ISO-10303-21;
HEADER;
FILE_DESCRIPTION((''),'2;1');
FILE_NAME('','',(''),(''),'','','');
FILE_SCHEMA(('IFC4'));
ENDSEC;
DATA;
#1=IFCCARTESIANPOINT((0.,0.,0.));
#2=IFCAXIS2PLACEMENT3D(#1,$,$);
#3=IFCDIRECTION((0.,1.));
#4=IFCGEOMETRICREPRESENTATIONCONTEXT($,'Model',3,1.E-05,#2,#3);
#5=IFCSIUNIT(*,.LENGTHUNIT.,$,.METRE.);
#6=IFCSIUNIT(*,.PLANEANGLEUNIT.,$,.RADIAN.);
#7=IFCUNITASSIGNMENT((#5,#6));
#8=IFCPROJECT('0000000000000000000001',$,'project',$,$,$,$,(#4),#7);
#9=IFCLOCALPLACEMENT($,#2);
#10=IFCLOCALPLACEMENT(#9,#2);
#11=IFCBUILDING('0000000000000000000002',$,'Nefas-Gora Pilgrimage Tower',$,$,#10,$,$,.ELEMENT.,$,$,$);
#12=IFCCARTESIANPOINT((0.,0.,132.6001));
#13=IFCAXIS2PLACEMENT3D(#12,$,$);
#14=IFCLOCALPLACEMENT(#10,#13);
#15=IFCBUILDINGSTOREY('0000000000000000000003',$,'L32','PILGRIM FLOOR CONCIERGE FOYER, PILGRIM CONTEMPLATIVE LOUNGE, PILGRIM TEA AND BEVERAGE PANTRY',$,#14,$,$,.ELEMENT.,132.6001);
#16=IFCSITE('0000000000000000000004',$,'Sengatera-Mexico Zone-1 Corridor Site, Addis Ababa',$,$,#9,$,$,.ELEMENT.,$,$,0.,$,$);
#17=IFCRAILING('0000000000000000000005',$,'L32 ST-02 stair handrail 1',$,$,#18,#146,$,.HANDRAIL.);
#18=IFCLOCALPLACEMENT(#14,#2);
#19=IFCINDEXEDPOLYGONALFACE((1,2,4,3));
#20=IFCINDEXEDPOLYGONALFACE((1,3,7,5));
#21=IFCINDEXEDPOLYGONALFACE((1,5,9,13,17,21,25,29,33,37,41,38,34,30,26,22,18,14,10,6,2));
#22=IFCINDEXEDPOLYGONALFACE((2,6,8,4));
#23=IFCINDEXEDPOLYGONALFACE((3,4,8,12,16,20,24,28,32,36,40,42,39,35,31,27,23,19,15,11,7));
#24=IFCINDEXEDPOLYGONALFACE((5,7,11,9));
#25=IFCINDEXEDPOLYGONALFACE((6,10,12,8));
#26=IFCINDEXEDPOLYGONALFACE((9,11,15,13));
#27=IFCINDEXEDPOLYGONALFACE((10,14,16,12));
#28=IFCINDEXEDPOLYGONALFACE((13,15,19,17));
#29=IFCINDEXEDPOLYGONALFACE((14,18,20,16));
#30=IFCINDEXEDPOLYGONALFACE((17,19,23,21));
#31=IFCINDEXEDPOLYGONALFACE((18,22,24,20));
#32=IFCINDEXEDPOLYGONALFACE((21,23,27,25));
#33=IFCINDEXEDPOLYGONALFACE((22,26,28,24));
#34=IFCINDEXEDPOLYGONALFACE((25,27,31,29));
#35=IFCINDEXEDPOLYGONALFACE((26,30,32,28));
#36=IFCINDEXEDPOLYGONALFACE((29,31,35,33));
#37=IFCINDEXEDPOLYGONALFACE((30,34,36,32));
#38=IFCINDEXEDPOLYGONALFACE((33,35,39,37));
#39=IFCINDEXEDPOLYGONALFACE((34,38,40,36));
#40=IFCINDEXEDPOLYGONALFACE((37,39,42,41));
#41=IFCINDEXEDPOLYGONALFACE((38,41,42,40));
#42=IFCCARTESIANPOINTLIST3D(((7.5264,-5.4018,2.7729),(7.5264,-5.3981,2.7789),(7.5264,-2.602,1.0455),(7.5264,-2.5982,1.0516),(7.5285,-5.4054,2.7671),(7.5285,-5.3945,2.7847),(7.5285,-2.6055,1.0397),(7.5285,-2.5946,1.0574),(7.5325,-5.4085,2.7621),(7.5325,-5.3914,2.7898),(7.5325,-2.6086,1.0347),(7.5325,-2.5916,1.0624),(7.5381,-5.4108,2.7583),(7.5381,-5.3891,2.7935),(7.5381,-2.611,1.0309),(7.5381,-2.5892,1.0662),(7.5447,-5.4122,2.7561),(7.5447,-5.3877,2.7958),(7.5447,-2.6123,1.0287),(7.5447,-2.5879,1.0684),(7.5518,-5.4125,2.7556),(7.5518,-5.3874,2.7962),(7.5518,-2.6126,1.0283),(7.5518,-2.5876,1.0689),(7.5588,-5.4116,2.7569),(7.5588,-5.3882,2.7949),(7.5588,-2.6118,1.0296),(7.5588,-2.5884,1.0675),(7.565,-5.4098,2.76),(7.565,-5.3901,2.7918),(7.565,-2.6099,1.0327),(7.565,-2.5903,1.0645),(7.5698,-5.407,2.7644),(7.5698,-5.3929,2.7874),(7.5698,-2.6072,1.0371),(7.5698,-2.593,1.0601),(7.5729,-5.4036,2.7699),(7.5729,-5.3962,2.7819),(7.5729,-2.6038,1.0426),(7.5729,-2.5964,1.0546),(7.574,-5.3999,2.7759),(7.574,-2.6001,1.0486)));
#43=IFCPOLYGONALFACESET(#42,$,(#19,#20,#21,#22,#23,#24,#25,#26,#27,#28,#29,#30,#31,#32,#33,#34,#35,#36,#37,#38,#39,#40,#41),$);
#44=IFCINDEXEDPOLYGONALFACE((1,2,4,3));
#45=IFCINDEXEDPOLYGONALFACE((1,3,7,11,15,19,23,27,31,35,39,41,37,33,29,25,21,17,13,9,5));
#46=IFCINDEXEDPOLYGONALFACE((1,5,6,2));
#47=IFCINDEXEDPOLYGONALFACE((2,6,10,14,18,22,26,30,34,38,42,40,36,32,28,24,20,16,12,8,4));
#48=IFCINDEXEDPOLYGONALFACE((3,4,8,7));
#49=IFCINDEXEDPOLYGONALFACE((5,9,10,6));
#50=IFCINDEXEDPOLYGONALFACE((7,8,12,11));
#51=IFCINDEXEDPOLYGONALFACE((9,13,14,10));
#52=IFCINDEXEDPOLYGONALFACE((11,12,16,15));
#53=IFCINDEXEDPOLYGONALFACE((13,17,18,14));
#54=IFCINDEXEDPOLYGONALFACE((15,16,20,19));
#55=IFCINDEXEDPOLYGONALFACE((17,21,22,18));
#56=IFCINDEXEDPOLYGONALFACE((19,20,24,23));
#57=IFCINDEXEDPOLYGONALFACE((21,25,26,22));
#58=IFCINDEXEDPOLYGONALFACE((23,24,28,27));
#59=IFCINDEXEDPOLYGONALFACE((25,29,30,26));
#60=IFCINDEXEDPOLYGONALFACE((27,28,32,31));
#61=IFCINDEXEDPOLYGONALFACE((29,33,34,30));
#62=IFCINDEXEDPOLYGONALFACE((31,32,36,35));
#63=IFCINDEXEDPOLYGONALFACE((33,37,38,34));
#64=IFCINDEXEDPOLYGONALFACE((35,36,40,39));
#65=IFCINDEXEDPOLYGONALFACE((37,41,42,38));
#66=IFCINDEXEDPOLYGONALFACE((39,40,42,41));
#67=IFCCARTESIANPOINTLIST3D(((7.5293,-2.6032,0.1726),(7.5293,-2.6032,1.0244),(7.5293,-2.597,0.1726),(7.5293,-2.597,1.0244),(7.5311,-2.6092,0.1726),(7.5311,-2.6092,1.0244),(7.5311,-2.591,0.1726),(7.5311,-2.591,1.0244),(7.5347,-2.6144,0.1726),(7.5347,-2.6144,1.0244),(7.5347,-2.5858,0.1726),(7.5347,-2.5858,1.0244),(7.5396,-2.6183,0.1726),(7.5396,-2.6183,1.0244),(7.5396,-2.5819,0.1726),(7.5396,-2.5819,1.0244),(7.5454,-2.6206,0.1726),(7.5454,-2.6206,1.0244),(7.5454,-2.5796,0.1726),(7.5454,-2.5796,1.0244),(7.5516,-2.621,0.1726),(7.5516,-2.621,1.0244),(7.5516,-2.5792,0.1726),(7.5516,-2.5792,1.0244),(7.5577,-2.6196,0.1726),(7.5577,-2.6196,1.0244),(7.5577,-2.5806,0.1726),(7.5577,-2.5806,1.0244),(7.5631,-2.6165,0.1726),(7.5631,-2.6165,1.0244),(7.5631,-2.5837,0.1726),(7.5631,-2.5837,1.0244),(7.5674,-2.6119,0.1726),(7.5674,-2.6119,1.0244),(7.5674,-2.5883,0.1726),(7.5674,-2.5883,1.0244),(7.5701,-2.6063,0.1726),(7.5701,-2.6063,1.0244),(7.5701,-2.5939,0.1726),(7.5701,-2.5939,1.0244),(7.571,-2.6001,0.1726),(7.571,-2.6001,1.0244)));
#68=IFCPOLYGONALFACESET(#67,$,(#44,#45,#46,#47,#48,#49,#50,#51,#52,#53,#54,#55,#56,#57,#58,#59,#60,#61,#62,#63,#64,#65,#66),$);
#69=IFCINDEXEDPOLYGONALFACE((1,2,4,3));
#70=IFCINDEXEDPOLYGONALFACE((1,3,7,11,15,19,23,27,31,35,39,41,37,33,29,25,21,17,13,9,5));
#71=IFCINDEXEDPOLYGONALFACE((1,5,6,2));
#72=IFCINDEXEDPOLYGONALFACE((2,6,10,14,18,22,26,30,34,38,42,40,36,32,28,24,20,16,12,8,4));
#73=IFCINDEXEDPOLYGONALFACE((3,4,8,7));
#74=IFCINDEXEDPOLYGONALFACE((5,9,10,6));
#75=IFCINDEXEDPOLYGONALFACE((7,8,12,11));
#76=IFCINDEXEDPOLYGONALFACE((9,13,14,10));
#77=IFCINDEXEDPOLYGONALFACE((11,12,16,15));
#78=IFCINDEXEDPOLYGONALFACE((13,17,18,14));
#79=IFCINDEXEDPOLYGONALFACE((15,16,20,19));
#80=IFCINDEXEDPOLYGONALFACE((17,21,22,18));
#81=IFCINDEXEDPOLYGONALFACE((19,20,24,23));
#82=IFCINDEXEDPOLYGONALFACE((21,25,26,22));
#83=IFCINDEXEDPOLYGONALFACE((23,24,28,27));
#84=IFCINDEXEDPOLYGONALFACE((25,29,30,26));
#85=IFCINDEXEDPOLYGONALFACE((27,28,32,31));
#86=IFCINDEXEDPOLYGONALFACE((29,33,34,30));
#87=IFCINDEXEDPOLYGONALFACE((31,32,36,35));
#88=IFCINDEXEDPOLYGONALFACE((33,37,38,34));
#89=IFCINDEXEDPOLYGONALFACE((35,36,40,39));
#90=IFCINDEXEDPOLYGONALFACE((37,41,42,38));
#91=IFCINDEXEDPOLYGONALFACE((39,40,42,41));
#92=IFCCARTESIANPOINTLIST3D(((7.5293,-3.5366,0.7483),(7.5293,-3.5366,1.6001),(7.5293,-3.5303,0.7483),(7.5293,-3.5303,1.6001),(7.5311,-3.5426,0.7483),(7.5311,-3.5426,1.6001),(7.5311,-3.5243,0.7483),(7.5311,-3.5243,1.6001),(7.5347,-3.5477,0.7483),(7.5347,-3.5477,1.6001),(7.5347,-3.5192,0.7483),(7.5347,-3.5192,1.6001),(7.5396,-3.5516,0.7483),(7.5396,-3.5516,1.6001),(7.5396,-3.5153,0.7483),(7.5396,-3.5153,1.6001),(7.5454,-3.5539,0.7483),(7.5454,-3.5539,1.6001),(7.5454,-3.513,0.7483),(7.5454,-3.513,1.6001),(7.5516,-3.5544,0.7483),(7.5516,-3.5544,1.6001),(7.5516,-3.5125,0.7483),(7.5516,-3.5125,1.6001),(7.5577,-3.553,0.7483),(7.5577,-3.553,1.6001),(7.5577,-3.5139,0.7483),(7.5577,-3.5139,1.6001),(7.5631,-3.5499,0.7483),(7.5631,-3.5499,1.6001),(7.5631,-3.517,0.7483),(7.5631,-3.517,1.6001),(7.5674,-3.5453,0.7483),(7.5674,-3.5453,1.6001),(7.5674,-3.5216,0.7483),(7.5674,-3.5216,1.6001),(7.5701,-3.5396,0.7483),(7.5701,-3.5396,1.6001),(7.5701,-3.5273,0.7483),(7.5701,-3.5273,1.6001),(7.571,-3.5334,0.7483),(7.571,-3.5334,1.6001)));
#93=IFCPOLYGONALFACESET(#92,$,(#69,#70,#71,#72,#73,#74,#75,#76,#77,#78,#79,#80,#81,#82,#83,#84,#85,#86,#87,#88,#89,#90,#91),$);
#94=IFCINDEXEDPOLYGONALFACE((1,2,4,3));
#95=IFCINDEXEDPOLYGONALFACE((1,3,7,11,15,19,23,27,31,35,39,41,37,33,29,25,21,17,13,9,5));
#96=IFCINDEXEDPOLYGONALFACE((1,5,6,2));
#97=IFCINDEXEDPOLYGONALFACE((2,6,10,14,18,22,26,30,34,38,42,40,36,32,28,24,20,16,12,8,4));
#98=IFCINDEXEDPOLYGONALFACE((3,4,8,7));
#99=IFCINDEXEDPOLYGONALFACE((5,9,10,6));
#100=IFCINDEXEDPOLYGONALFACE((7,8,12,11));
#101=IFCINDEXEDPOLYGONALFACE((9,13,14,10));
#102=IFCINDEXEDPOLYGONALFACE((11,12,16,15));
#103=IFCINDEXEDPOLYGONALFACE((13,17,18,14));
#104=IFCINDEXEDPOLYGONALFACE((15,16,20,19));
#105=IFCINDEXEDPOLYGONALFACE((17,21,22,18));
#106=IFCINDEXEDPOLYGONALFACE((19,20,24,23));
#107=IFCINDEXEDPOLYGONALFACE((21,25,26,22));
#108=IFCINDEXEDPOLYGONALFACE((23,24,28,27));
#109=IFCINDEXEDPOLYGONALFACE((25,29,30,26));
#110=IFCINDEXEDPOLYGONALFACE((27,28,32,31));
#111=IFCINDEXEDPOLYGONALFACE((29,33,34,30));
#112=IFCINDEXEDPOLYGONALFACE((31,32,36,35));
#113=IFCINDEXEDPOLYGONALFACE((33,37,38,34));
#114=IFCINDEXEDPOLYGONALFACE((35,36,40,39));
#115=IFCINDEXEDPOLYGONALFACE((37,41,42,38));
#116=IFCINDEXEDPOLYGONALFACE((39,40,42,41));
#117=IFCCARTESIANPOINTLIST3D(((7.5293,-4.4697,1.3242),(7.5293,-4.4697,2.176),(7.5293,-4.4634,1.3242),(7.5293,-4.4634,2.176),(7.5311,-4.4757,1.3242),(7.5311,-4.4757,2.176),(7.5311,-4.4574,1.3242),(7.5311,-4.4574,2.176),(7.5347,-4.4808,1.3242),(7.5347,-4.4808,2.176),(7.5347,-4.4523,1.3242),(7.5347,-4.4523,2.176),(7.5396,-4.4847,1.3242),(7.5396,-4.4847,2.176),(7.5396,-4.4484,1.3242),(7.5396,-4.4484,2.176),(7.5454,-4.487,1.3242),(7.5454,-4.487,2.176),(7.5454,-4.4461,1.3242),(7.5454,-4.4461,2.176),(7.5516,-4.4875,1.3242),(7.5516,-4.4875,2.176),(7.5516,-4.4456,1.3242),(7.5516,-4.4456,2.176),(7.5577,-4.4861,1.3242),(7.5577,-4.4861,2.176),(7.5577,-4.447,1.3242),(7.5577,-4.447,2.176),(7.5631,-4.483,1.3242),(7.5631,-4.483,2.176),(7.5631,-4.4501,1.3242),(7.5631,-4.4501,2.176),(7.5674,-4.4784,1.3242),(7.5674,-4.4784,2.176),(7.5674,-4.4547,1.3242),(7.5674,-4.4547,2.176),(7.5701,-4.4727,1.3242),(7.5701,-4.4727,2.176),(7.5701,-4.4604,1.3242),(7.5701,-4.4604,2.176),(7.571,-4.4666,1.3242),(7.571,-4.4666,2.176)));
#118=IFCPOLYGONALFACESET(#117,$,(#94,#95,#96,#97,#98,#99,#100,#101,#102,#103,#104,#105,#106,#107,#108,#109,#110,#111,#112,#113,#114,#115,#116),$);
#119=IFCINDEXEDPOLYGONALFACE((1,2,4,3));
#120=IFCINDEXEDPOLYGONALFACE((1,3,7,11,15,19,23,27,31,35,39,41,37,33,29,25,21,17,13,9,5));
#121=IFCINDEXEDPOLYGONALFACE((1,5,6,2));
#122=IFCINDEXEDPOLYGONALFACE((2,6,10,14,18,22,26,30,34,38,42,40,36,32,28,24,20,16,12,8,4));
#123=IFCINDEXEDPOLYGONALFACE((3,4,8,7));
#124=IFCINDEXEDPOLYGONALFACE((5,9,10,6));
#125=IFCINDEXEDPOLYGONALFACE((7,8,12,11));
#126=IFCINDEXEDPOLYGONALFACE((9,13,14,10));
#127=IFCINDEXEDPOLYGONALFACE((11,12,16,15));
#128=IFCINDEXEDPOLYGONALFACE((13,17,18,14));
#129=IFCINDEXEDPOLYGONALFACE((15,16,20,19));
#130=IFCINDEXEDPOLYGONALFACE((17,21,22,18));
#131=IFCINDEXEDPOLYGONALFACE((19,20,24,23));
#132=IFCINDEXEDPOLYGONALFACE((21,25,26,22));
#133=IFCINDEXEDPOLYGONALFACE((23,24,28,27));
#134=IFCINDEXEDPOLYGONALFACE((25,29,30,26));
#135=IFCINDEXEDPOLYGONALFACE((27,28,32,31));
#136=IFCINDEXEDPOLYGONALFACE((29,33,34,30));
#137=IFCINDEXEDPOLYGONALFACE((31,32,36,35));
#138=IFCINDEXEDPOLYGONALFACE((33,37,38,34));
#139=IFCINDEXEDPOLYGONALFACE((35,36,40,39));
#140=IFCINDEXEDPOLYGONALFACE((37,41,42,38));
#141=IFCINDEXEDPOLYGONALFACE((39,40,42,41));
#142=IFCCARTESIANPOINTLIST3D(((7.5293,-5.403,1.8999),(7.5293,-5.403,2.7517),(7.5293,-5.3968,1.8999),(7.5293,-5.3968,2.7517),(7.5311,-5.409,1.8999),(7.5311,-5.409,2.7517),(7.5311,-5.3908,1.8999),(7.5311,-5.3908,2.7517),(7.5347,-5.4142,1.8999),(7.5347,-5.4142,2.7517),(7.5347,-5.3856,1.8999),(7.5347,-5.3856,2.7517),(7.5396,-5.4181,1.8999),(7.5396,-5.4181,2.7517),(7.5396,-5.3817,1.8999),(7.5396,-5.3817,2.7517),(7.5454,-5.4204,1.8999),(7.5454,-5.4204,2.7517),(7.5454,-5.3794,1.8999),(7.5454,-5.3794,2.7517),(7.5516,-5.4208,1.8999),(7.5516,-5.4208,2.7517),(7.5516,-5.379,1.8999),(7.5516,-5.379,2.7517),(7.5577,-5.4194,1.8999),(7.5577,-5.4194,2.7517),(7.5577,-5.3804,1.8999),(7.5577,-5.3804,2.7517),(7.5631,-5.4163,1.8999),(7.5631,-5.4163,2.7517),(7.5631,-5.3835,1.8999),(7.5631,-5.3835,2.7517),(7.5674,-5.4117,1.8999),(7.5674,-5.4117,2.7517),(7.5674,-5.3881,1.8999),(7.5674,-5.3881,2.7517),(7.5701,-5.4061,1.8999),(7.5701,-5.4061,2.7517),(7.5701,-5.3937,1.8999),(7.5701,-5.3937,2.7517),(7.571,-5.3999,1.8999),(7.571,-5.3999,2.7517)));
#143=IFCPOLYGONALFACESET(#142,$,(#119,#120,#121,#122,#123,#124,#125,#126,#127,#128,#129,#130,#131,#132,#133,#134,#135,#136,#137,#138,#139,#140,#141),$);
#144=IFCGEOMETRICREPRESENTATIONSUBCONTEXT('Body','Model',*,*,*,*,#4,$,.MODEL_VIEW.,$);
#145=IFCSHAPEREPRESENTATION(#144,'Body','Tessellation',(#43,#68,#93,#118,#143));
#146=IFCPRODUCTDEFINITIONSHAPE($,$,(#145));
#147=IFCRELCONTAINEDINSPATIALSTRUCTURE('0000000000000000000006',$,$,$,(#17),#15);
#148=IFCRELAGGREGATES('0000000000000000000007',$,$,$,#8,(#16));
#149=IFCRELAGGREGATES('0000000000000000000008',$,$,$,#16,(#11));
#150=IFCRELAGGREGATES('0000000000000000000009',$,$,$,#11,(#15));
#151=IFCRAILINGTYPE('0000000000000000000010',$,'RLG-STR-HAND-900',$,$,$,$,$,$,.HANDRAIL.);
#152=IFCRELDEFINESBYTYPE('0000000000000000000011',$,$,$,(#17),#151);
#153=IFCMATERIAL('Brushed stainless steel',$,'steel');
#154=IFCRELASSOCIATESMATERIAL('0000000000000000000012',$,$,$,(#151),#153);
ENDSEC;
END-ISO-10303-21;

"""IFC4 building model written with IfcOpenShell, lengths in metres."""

from ifc_helpers import new_model, si_unit, direction, frame, origin, origin_2d, place, context, subcontext, project, spatial, circle, extrude, material, type_object, element, save


model = new_model("IFC4")

# Units and contexts
model_context = context("Model", 3, precision=1e-05, world=origin(), true_north=direction((0.0, 1.0)))
body_context = subcontext(model_context, "Body", "Model", "MODEL_VIEW")
ifc_project = project(units=[si_unit("LENGTHUNIT", "METRE"), si_unit("PLANEANGLEUNIT", "RADIAN")], contexts=[model_context])

# Site, building, storey
site_placement = place(None, origin())
site = spatial("IfcSite", under=ifc_project, at=site_placement, Name="Sengatera-Mexico Zone-1 Corridor Site, Addis Ababa", CompositionType="ELEMENT", RefElevation=0.0)
building_placement = place(site_placement, origin())
building = spatial("IfcBuilding", under=site, at=building_placement, Name="Nefas-Gora Pilgrimage Tower", CompositionType="ELEMENT")
storey_placement = place(building_placement, frame((0.0, 0.0, 132.6001)))
storey = spatial("IfcBuildingStorey", under=building, at=storey_placement, Name="L32", Description="PILGRIM FLOOR CONCIERGE FOYER, PILGRIM CONTEMPLATIVE LOUNGE, PILGRIM TEA AND BEVERAGE PANTRY", CompositionType="ELEMENT", Elevation=132.6001)

# Railing
ifc_material_1 = material(Name="Brushed stainless steel", Category="steel")
railing_type_1 = type_object("IfcRailingType", Name="RLG-STR-HAND-900", PredefinedType="HANDRAIL", material=ifc_material_1)
railing_1_placement = place(storey_placement, frame((7.55, -2.6001, 0.1726)))
element("IfcRailing", 1, at=railing_1_placement, inside=storey, type_object=railing_type_1, Name="L32 ST-02 stair handrail 1", PredefinedType="HANDRAIL", context=body_context, shape_type="SweptSolid", body=[
    extrude(circle(Radius=0.0239, at=origin_2d()), frame((0.0, 0.0, 0.876), z_axis=(0.0, -0.851069, 0.525054), x_axis=(1.0, 0.0, 0.0)), (0.0, 0.0, 1.0), 3.2898),
    extrude(circle(Radius=0.021, at=origin_2d()), origin(), (0.0, 0.0, 1.0), 0.8518),
    extrude(circle(Radius=0.021, at=origin_2d()), frame((0.0, -0.9333, 0.5757)), (0.0, 0.0, 1.0), 0.8518),
    extrude(circle(Radius=0.021, at=origin_2d()), frame((0.0, -1.8665, 1.1516)), (0.0, 0.0, 1.0), 0.8518),
    extrude(circle(Radius=0.021, at=origin_2d()), frame((0.0, -2.7998, 1.7273)), (0.0, 0.0, 1.0), 0.8518),
])

save(model, "model.ifc")
